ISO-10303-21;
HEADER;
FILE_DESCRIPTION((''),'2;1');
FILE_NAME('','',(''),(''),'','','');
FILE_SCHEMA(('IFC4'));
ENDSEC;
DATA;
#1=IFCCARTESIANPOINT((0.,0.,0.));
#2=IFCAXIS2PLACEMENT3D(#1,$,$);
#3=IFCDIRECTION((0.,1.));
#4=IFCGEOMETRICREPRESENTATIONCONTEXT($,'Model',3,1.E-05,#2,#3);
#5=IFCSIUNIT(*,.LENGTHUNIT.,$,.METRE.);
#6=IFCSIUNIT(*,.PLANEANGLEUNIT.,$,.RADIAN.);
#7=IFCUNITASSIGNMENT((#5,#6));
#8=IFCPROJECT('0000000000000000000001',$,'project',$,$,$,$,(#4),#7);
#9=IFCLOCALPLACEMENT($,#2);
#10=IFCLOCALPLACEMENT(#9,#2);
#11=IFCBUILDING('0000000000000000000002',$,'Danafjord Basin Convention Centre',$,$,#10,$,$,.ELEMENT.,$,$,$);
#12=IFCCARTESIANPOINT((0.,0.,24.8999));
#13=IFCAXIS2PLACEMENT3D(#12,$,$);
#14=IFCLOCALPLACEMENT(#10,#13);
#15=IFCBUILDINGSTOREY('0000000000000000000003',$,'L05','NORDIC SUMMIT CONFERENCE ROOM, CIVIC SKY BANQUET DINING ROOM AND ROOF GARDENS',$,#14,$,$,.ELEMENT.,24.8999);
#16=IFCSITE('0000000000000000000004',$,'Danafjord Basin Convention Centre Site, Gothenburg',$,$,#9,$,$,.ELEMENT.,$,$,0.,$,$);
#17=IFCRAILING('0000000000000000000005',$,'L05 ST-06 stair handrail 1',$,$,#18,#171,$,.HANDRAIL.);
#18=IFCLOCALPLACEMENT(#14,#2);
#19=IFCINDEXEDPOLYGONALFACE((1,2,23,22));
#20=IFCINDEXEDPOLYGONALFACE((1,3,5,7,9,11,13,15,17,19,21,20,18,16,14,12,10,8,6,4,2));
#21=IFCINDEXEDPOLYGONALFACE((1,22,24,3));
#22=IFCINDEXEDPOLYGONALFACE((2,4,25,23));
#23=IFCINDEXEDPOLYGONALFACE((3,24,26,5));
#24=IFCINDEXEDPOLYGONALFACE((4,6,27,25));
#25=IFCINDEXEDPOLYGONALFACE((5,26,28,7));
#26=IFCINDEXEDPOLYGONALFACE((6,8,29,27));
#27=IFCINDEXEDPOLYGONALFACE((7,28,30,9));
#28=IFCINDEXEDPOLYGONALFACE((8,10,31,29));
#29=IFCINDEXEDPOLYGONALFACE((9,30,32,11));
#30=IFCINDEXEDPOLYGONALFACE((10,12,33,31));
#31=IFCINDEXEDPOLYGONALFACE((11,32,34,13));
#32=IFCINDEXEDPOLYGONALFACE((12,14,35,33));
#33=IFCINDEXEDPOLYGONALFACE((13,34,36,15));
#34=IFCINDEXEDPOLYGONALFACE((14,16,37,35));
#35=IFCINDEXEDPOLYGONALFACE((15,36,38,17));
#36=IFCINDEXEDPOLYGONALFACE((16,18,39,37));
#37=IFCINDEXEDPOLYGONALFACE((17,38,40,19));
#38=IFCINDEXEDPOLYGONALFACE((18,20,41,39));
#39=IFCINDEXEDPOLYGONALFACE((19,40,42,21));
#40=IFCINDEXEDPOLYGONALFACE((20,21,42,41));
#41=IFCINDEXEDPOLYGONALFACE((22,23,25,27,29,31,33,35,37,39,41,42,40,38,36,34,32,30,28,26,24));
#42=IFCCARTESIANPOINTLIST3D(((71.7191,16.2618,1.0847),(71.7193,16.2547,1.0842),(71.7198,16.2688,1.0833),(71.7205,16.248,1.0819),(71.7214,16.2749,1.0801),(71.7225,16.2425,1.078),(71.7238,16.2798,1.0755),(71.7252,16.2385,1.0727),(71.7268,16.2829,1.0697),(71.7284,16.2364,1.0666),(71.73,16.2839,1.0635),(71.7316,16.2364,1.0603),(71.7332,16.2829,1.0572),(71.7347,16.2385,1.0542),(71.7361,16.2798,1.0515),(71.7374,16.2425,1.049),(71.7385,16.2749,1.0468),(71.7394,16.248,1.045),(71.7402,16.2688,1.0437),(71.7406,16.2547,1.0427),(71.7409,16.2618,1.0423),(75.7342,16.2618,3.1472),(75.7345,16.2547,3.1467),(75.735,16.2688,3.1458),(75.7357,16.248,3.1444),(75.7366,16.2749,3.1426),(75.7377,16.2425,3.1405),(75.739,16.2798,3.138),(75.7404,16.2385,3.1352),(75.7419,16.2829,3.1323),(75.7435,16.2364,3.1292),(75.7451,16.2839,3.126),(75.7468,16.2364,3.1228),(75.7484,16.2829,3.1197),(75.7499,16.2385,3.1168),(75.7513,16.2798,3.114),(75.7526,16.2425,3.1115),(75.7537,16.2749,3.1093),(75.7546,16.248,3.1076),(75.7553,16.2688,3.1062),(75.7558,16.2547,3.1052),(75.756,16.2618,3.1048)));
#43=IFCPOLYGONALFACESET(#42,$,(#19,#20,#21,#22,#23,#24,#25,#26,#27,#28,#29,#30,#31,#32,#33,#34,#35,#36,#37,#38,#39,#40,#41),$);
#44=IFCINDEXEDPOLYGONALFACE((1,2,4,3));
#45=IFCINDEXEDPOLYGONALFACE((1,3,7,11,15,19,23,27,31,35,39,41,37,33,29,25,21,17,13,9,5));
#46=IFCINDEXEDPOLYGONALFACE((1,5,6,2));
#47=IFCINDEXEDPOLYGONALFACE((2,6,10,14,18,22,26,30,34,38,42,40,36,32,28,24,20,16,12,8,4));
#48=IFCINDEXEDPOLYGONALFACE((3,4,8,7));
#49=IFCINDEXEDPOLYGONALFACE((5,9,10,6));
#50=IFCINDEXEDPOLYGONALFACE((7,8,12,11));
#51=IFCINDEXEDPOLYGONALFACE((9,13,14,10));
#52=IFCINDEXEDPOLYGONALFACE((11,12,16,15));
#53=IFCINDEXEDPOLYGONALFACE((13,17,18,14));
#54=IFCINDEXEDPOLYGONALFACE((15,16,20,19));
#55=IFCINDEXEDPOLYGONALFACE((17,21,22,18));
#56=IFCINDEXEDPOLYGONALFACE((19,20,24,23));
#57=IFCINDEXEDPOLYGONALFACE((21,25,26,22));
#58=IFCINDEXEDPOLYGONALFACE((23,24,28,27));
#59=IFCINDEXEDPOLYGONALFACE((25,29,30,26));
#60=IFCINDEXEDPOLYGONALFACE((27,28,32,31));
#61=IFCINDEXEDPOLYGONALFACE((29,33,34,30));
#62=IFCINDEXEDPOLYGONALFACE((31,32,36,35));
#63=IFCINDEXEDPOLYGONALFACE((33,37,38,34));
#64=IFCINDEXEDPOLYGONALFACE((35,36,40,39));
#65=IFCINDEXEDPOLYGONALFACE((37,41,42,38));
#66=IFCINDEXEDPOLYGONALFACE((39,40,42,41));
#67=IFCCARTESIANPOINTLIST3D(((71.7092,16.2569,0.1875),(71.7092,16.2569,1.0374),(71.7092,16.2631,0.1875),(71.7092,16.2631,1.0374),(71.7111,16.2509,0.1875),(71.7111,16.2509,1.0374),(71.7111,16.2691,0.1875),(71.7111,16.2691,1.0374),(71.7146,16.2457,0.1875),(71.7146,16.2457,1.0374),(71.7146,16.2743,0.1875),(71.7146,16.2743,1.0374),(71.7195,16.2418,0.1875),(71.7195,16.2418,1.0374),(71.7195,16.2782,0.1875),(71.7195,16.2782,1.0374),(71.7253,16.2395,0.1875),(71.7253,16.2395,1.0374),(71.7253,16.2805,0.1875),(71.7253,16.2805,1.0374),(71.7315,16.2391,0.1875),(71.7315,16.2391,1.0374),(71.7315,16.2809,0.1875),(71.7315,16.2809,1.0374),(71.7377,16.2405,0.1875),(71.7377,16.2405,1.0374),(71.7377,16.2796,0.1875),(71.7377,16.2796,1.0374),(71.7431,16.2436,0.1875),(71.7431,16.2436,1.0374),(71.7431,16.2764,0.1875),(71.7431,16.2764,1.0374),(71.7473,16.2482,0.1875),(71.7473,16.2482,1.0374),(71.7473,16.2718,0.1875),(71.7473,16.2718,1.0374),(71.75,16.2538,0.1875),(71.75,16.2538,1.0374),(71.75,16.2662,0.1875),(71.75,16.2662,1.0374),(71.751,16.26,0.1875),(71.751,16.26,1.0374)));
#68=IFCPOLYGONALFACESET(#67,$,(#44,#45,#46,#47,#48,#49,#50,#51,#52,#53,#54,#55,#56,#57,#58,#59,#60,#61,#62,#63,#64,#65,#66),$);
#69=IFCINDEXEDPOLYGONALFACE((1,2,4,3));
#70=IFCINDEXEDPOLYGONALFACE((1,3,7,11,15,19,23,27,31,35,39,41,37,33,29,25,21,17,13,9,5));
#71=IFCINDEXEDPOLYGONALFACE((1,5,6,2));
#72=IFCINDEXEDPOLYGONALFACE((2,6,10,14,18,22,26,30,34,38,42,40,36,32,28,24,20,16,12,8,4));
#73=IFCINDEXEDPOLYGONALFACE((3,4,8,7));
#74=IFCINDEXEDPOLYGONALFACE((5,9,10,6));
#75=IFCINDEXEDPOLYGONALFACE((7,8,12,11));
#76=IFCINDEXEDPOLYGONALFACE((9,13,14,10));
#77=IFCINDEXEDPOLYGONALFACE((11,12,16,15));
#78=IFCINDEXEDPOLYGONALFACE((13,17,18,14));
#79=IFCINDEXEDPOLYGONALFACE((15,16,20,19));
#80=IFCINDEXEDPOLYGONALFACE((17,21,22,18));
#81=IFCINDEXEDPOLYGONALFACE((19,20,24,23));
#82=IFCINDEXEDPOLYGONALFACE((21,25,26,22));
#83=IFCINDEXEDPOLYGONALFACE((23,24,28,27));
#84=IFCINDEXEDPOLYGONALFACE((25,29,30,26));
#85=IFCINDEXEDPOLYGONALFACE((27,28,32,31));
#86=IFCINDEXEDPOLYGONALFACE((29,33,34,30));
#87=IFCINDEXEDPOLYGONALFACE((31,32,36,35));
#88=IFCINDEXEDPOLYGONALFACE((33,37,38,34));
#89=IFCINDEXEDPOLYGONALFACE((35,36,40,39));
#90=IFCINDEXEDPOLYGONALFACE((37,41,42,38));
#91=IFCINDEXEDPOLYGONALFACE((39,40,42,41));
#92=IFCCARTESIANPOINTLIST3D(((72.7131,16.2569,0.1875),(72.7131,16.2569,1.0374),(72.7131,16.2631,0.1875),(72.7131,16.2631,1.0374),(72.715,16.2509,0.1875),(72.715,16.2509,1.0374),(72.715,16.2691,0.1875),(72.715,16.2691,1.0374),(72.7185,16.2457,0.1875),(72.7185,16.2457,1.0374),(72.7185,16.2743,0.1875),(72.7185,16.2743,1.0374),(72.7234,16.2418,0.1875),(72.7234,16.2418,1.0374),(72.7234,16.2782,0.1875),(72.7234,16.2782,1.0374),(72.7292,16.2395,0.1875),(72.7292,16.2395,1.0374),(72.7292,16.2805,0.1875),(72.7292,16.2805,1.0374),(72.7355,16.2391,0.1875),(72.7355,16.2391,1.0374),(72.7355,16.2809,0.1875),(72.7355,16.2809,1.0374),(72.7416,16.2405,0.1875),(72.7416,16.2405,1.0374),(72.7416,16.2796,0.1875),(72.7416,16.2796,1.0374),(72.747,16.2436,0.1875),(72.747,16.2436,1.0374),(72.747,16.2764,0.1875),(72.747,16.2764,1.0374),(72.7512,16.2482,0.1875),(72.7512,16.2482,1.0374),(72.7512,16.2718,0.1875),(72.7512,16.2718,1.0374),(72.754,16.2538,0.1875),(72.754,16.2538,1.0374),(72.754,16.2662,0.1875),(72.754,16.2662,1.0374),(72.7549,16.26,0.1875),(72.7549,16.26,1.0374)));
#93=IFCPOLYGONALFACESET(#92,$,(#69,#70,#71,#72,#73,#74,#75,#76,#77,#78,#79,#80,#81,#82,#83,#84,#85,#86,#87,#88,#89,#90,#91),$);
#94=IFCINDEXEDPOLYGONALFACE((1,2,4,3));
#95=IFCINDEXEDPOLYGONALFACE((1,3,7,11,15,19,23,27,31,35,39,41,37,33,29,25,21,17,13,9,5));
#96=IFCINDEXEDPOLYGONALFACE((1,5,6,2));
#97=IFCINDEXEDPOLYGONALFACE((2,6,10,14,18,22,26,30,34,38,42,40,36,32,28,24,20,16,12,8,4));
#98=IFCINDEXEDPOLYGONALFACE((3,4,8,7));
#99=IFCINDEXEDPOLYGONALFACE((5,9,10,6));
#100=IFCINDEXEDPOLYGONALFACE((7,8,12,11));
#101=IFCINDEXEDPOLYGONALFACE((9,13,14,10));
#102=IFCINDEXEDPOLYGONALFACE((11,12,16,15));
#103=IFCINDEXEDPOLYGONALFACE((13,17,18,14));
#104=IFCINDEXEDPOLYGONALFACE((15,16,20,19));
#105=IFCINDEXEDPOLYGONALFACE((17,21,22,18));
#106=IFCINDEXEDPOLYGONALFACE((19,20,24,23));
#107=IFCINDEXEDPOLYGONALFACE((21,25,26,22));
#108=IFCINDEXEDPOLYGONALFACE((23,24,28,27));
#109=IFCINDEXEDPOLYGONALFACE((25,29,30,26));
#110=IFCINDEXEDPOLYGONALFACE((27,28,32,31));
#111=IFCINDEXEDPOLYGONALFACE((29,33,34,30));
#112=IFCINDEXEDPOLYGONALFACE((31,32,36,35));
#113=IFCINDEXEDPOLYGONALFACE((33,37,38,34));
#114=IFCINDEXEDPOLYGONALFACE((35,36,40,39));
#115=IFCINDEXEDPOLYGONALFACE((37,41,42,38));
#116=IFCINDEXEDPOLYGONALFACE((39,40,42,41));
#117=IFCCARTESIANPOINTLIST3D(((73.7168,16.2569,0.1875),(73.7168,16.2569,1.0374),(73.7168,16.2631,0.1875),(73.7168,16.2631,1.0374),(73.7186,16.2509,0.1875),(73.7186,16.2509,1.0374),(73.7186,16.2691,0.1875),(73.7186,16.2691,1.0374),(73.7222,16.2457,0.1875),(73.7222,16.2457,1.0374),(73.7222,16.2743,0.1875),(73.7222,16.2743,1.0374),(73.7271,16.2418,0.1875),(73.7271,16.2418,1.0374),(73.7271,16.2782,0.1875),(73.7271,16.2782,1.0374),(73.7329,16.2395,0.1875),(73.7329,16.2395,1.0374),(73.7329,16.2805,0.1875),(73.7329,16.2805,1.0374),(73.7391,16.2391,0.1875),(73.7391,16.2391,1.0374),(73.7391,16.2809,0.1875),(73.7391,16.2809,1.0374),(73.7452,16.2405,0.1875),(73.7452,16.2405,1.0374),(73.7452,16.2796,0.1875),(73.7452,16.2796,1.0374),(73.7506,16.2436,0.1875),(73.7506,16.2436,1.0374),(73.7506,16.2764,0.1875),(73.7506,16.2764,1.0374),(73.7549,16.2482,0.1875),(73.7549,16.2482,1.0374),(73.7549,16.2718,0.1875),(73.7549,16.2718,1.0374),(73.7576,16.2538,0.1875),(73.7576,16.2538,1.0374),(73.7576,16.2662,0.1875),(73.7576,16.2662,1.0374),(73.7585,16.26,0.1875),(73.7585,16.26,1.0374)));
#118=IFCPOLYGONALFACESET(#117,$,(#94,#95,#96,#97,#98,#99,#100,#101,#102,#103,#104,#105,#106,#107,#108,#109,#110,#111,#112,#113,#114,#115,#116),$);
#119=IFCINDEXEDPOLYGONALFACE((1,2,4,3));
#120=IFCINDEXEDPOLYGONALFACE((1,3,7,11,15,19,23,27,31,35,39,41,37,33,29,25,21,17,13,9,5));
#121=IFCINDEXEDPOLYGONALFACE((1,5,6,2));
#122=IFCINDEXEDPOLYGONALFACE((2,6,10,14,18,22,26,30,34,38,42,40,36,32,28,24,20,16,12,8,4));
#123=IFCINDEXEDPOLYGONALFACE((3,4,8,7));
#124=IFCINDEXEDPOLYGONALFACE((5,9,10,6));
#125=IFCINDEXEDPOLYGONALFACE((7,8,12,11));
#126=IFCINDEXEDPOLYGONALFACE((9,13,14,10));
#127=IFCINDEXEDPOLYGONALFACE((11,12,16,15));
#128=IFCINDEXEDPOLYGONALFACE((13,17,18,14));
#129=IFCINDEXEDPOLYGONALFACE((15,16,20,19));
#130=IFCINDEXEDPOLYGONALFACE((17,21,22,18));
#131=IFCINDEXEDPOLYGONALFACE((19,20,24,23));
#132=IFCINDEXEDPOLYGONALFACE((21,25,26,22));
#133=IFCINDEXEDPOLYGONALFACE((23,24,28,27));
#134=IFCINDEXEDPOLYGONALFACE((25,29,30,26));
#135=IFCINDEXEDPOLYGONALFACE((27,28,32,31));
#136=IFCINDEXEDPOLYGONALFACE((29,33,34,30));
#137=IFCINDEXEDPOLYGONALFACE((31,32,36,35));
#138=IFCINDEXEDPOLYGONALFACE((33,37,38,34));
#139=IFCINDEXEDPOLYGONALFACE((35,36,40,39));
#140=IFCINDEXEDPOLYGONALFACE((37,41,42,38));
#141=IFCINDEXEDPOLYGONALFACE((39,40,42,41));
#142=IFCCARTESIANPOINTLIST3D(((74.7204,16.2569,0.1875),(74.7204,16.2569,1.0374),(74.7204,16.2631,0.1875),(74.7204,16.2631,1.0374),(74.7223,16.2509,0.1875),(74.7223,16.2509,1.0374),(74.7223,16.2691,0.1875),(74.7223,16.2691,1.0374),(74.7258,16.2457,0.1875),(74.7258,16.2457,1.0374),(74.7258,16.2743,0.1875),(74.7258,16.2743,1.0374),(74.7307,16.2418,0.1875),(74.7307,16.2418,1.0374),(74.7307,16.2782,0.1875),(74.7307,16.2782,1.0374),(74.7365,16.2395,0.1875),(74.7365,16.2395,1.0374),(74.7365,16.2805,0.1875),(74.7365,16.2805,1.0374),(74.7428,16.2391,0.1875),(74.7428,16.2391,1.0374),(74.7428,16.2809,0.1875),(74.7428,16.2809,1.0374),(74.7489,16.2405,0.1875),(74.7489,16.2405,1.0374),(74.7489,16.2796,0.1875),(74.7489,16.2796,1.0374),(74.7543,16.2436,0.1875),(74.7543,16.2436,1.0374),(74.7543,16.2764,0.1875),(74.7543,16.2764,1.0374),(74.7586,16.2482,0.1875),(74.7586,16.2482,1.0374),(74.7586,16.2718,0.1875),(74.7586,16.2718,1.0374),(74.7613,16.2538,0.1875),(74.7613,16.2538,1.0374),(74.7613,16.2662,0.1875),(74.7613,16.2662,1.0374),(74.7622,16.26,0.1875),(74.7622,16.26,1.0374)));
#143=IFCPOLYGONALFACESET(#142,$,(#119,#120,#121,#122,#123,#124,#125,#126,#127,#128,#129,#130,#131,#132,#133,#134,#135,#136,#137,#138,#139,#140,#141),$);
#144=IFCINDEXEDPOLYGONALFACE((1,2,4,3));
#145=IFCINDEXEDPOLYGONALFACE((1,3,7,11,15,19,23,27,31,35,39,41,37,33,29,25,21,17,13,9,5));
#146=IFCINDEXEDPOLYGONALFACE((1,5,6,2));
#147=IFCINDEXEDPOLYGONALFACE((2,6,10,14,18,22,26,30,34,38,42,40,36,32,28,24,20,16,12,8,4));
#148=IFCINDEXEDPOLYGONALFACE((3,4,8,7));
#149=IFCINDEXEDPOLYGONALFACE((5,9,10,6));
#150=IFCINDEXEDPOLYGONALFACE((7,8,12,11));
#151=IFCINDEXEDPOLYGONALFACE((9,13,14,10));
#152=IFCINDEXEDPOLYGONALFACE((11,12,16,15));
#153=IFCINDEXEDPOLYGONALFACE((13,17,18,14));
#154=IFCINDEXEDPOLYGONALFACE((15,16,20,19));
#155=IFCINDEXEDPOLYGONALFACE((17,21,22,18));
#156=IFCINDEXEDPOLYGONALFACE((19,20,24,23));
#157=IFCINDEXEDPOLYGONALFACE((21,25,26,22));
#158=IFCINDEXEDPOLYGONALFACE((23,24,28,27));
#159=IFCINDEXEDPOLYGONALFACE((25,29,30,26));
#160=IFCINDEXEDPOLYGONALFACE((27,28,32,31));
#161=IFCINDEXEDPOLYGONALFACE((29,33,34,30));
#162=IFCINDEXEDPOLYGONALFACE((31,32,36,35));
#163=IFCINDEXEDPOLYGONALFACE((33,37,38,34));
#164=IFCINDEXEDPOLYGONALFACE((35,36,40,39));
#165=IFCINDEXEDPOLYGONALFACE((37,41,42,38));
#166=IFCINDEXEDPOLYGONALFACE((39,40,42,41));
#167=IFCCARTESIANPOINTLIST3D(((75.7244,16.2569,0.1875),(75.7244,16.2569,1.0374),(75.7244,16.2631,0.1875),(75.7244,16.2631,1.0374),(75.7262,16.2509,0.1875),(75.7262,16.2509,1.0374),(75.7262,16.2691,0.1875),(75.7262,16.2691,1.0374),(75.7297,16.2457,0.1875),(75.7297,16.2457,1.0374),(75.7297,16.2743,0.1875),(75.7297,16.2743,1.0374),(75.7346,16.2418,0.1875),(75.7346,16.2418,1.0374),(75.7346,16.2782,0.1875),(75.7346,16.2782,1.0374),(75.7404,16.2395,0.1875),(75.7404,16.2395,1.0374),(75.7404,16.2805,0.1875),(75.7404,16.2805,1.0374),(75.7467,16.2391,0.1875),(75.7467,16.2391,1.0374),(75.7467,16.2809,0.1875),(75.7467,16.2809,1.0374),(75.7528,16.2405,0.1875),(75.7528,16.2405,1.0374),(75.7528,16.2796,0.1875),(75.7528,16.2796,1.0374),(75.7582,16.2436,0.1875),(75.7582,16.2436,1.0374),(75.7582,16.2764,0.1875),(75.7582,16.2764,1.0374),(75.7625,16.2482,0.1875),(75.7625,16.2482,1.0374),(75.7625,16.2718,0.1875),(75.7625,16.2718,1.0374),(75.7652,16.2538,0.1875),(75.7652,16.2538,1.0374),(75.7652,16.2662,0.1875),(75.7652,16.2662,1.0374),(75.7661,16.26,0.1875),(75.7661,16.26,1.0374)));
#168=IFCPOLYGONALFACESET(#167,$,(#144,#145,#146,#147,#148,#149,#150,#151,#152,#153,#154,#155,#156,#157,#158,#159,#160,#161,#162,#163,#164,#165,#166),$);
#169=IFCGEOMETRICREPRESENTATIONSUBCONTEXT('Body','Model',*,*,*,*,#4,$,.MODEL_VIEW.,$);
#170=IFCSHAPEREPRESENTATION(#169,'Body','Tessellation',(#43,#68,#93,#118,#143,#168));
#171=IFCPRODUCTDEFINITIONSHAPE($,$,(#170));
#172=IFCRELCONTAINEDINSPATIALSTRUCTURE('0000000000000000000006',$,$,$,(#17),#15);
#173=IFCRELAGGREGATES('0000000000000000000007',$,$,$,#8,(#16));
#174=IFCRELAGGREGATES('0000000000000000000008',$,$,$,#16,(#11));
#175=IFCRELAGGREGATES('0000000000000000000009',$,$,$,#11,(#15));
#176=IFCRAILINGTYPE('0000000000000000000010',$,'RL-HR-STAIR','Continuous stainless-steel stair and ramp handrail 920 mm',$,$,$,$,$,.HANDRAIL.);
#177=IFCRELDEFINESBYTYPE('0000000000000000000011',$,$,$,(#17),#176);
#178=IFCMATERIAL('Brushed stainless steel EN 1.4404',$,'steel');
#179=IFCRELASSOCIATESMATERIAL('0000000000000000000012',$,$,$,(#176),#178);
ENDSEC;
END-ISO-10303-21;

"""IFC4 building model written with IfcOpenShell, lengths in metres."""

from ifc_helpers import new_model, si_unit, direction, frame, origin, origin_2d, place, context, subcontext, project, spatial, circle, extrude, material, type_object, element, save


model = new_model("IFC4")

# Units and contexts
model_context = context("Model", 3, precision=1e-05, world=origin(), true_north=direction((0.0, 1.0)))
body_context = subcontext(model_context, "Body", "Model", "MODEL_VIEW")
ifc_project = project(units=[si_unit("LENGTHUNIT", "METRE"), si_unit("PLANEANGLEUNIT", "RADIAN")], contexts=[model_context])

# Site, building, storey
site_placement = place(None, origin())
site = spatial("IfcSite", under=ifc_project, at=site_placement, Name="Danafjord Basin Convention Centre Site, Gothenburg", CompositionType="ELEMENT", RefElevation=0.0)
building_placement = place(site_placement, origin())
building = spatial("IfcBuilding", under=site, at=building_placement, Name="Danafjord Basin Convention Centre", CompositionType="ELEMENT")
storey_placement = place(building_placement, frame((0.0, 0.0, 24.8999)))
storey = spatial("IfcBuildingStorey", under=building, at=storey_placement, Name="L05", Description="NORDIC SUMMIT CONFERENCE ROOM, CIVIC SKY BANQUET DINING ROOM AND ROOF GARDENS", CompositionType="ELEMENT", Elevation=24.8999)

# Railing
ifc_material_1 = material(Name="Brushed stainless steel EN 1.4404", Category="steel")
railing_type_1 = type_object("IfcRailingType", Name="RL-HR-STAIR", Description="Continuous stainless-steel stair and ramp handrail 920 mm", PredefinedType="HANDRAIL", material=ifc_material_1)
railing_1_placement = place(storey_placement, frame((71.73, 16.26, 0.1875)))
element("IfcRailing", 1, at=railing_1_placement, inside=storey, type_object=railing_type_1, Name="L05 ST-06 stair handrail 1", PredefinedType="HANDRAIL", context=body_context, shape_type="SweptSolid", body=[
    extrude(circle(Radius=0.0239, at=origin_2d()), frame((0.0, 0.0, 0.876), z_axis=(0.889506, 0.0, 0.456923), x_axis=(0.0, 1.0, 0.0)), (0.0, 0.0, 1.0), 4.5139),
    extrude(circle(Radius=0.021, at=origin_2d()), origin(), (0.0, 0.0, 1.0), 0.8499),
    extrude(circle(Radius=0.021, at=origin_2d()), frame((1.0039, 0.0, 0.0)), (0.0, 0.0, 1.0), 0.8499),
    extrude(circle(Radius=0.021, at=origin_2d()), frame((2.0076, 0.0, 0.0)), (0.0, 0.0, 1.0), 0.8499),
    extrude(circle(Radius=0.021, at=origin_2d()), frame((3.0112, 0.0, 0.0)), (0.0, 0.0, 1.0), 0.8499),
    extrude(circle(Radius=0.021, at=origin_2d()), frame((4.0151, 0.0, 0.0)), (0.0, 0.0, 1.0), 0.8499),
])

save(model, "model.ifc")
